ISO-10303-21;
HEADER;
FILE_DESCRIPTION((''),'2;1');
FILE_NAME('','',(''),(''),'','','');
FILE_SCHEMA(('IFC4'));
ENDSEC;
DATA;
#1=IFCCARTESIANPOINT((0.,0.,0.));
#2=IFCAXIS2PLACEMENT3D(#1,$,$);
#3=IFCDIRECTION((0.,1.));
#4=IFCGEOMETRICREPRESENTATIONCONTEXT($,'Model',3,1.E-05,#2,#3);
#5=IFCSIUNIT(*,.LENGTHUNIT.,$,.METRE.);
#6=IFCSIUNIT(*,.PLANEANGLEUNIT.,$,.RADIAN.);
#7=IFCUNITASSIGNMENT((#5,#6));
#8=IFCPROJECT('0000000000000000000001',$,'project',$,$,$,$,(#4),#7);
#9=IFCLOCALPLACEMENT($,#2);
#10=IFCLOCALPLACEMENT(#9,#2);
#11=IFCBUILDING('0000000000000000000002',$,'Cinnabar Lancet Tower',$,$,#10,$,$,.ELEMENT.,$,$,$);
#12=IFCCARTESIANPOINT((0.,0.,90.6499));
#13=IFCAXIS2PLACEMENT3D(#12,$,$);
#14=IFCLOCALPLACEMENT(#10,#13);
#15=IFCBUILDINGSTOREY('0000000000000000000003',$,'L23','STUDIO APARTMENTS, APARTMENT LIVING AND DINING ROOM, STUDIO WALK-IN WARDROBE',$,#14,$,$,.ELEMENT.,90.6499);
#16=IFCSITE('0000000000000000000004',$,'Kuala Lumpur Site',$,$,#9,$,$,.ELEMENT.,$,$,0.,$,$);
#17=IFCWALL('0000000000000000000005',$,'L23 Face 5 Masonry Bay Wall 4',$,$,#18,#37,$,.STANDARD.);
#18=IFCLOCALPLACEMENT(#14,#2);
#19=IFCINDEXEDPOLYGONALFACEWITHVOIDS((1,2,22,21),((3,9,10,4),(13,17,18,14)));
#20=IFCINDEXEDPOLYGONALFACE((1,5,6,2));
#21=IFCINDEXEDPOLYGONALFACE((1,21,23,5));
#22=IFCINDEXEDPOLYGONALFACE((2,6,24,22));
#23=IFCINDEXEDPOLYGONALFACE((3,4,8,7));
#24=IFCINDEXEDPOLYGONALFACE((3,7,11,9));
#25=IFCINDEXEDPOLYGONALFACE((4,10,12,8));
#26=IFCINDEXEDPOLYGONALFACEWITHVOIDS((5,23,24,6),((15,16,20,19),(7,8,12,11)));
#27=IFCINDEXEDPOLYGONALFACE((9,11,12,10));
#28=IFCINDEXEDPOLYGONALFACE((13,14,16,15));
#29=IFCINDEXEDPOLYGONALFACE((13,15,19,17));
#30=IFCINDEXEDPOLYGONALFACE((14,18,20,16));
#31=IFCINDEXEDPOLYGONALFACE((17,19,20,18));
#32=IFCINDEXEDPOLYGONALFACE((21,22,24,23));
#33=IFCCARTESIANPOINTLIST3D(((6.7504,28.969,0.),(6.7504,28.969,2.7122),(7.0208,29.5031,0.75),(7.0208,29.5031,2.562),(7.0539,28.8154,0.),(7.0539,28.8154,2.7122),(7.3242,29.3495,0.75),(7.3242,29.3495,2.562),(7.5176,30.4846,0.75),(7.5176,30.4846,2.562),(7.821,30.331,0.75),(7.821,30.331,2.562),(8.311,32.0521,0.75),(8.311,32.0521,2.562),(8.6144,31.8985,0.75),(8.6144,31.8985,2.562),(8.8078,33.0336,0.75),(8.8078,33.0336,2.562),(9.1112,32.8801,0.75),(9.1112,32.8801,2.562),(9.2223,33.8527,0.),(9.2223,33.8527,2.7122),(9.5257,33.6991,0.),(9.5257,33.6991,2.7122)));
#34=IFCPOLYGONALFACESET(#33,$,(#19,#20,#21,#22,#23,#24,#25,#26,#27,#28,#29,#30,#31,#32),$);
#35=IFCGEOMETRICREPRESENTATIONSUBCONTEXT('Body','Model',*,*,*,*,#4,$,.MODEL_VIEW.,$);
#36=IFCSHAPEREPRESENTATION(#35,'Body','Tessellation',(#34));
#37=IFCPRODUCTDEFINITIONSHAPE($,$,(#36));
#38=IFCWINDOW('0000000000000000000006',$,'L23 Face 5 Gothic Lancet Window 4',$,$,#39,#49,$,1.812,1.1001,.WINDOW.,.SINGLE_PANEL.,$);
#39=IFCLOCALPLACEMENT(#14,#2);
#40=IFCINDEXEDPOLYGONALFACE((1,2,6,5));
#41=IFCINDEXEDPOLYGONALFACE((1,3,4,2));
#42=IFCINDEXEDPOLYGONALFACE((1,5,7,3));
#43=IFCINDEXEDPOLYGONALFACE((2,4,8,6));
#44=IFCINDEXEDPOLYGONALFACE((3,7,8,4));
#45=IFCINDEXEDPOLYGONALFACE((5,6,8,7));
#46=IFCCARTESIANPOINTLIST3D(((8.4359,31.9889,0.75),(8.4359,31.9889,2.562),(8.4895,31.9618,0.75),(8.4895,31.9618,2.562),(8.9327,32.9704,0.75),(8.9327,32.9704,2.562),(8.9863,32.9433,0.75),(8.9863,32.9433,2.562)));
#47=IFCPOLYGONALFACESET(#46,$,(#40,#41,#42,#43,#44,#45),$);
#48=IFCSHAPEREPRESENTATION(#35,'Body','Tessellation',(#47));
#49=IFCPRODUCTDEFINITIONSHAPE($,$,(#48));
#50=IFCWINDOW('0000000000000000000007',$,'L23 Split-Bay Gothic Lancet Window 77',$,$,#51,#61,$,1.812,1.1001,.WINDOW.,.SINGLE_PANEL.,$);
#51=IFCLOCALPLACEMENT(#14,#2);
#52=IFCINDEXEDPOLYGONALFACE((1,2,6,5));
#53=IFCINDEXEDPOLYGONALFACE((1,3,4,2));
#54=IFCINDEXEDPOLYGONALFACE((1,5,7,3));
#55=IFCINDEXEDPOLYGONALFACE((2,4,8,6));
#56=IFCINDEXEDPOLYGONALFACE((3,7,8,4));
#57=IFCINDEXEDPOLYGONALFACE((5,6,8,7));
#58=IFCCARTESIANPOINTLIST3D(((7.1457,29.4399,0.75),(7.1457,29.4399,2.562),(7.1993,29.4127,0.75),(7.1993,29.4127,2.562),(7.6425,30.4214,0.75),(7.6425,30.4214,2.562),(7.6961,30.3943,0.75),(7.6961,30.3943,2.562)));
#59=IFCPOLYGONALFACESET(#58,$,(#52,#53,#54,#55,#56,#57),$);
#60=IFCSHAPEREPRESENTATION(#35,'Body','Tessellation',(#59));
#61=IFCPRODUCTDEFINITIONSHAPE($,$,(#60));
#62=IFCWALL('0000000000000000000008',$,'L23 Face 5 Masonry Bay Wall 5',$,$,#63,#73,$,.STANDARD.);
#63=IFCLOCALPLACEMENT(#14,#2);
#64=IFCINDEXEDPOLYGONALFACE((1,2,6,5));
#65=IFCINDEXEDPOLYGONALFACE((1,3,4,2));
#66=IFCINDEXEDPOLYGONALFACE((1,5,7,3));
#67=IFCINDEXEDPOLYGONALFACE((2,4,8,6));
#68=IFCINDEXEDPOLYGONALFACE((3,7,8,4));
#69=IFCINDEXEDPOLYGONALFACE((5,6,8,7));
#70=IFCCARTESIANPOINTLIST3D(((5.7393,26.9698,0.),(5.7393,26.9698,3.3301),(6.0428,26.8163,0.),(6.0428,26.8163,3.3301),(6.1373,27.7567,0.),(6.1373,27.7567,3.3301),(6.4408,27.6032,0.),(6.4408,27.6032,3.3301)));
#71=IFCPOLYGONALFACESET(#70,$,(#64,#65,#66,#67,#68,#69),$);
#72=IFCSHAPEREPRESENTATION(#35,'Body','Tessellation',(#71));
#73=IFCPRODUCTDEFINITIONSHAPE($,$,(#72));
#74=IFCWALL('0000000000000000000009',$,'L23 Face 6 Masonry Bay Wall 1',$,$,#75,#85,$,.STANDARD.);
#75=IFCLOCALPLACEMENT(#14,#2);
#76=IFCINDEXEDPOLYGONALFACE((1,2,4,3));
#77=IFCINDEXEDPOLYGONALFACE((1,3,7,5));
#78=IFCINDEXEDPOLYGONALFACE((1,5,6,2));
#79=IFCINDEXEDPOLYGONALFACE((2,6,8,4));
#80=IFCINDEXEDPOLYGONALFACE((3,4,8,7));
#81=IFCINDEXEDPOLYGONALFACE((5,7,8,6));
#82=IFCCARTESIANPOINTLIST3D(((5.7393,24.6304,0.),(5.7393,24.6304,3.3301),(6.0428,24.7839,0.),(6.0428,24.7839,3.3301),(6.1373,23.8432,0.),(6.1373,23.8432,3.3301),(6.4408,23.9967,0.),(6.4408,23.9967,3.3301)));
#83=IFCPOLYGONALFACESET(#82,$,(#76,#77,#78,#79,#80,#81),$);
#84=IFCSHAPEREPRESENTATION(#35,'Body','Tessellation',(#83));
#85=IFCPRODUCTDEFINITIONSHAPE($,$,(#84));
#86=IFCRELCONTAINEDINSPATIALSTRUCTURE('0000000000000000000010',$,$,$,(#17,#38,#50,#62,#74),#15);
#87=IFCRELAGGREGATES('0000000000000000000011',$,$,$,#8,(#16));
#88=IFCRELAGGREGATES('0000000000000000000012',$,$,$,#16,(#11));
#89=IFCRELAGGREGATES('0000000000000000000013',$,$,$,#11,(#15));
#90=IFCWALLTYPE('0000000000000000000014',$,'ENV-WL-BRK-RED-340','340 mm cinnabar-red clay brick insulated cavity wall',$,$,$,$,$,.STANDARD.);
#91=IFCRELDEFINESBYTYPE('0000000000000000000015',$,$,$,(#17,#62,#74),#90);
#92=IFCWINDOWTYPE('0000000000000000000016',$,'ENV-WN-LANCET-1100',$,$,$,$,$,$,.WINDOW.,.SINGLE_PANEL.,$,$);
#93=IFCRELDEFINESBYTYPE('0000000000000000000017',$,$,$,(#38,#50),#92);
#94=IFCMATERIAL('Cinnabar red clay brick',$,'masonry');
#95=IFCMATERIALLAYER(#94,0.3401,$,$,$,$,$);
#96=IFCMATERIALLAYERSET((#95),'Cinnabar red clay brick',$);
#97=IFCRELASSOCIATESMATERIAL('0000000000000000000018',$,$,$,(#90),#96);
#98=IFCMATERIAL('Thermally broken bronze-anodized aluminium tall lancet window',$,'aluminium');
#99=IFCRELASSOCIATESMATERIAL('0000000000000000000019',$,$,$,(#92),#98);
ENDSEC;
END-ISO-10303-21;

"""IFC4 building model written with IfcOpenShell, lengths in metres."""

from ifc_helpers import new_model, si_unit, direction, frame, frame_2d, origin, place, context, subcontext, project, spatial, rectangle, extrude, material, layer, layer_set, type_object, element, fill, save


model = new_model("IFC4")

# Units and contexts
model_context = context("Model", 3, precision=1e-05, world=origin(), true_north=direction((0.0, 1.0)))
body_context = subcontext(model_context, "Body", "Model", "MODEL_VIEW")
ifc_project = project(units=[si_unit("LENGTHUNIT", "METRE"), si_unit("PLANEANGLEUNIT", "RADIAN")], contexts=[model_context])

# Site, building, storey
site_placement = place(None, origin())
site = spatial("IfcSite", under=ifc_project, at=site_placement, Name="Kuala Lumpur Site", CompositionType="ELEMENT", RefElevation=0.0)
building_placement = place(site_placement, origin())
building = spatial("IfcBuilding", under=site, at=building_placement, Name="Cinnabar Lancet Tower", CompositionType="ELEMENT")
storey_placement = place(building_placement, frame((0.0, 0.0, 90.6499)))
storey = spatial("IfcBuildingStorey", under=building, at=storey_placement, Name="L23", Description="STUDIO APARTMENTS, APARTMENT LIVING AND DINING ROOM, STUDIO WALK-IN WARDROBE", CompositionType="ELEMENT", Elevation=90.6499)

# Shared definitions
ifc_material_1 = material(Name="Cinnabar red clay brick", Category="masonry")
ifc_layer_1 = layer(ifc_material_1, 0.3401)
ifc_layer_set_1 = layer_set([ifc_layer_1], Name="Cinnabar red clay brick")
wall_type_1 = type_object("IfcWallType", Name="ENV-WL-BRK-RED-340", Description="340 mm cinnabar-red clay brick insulated cavity wall", PredefinedType="STANDARD", material=ifc_layer_set_1)

# Wall, openings, windows
wall_1_placement = place(storey_placement, frame((9.374, 33.7759, 0.0), z_axis=(0.0, 0.0, 1.0), x_axis=(-0.451597, -0.892222, 0.0)))
wall_1 = element("IfcWall", 1, at=wall_1_placement, inside=storey, type_object=wall_type_1, Name="L23 Face 5 Masonry Bay Wall 4", PredefinedType="STANDARD", context=body_context, shape_type="SweptSolid", body=[
    extrude(rectangle(XDim=5.4736, YDim=0.3401, at=frame_2d((2.7368, 0.0))), origin(), (0.0, 0.0, 1.0), 2.7122),
])
opening_1_placement = place(wall_1_placement, frame((0.918, 0.0, 0.75)))
opening_1 = element("IfcOpeningElement", 2, at=opening_1_placement, cuts=wall_1, PredefinedType="OPENING", context=body_context, shape_type="SweptSolid", body=[
    extrude(rectangle(XDim=1.1001, YDim=1.812, at=frame_2d((0.55, 0.906))), frame((0.0, 0.1799, 0.0), z_axis=(0.0, -1.0, 0.0), x_axis=(1.0, 0.0, 0.0)), (0.0, 0.0, 1.0), 0.3601),
])
opening_2_placement = place(wall_1_placement, frame((3.7749, 0.0, 0.75)))
opening_2 = element("IfcOpeningElement", 3, at=opening_2_placement, cuts=wall_1, PredefinedType="OPENING", context=body_context, shape_type="SweptSolid", body=[
    extrude(rectangle(XDim=1.1001, YDim=1.812, at=frame_2d((0.55, 0.906))), frame((0.0, 0.1799, 0.0), z_axis=(0.0, -1.0, 0.0), x_axis=(1.0, 0.0, 0.0)), (0.0, 0.0, 1.0), 0.3601),
])
ifc_material_2 = material(Name="Thermally broken bronze-anodized aluminium tall lancet window", Category="aluminium")
window_type = type_object("IfcWindowType", Name="ENV-WN-LANCET-1100", PartitioningType="SINGLE_PANEL", PredefinedType="WINDOW", material=ifc_material_2)
window_1_placement = place(opening_1_placement, origin())
window_1 = element("IfcWindow", 4, at=window_1_placement, inside=storey, type_object=window_type, Name="L23 Face 5 Gothic Lancet Window 4", OverallHeight=1.812, OverallWidth=1.1001, PartitioningType="SINGLE_PANEL", PredefinedType="WINDOW", context=body_context, shape_type="SweptSolid", body=[
    extrude(rectangle(XDim=1.1001, YDim=1.812, at=frame_2d((0.55, 0.906))), frame((0.0, 0.03, 0.0), z_axis=(0.0, -1.0, 0.0), x_axis=(1.0, 0.0, 0.0)), (0.0, 0.0, 1.0), 0.0601),
])
fill(opening_1, window_1)
window_2_placement = place(opening_2_placement, origin())
window_2 = element("IfcWindow", 5, at=window_2_placement, inside=storey, type_object=window_type, Name="L23 Split-Bay Gothic Lancet Window 77", OverallHeight=1.812, OverallWidth=1.1001, PartitioningType="SINGLE_PANEL", PredefinedType="WINDOW", context=body_context, shape_type="SweptSolid", body=[
    extrude(rectangle(XDim=1.1001, YDim=1.812, at=frame_2d((0.55, 0.906))), frame((0.0, 0.03, 0.0), z_axis=(0.0, -1.0, 0.0), x_axis=(1.0, 0.0, 0.0)), (0.0, 0.0, 1.0), 0.0601),
])
fill(opening_2, window_2)

# Walls
wall_2_placement = place(storey_placement, frame((6.2891, 27.6799, 0.0), z_axis=(0.0, 0.0, 1.0), x_axis=(-0.451307, -0.892369, 0.0)))
element("IfcWall", 6, at=wall_2_placement, inside=storey, type_object=wall_type_1, Name="L23 Face 5 Masonry Bay Wall 5", PredefinedType="STANDARD", context=body_context, shape_type="SweptSolid", body=[
    extrude(rectangle(XDim=0.8818, YDim=0.3401, at=frame_2d((0.4409, 0.0))), origin(), (0.0, 0.0, 1.0), 3.3301),
])
wall_3_placement = place(storey_placement, frame((5.8911, 24.707, 0.0), z_axis=(0.0, 0.0, 1.0), x_axis=(0.451195, -0.892425, 0.0)))
element("IfcWall", 7, at=wall_3_placement, inside=storey, type_object=wall_type_1, Name="L23 Face 6 Masonry Bay Wall 1", PredefinedType="STANDARD", context=body_context, shape_type="SweptSolid", body=[
    extrude(rectangle(XDim=0.8821, YDim=0.3401, at=frame_2d((0.4409, 0.0))), origin(), (0.0, 0.0, 1.0), 3.3301),
])

save(model, "model.ifc")
